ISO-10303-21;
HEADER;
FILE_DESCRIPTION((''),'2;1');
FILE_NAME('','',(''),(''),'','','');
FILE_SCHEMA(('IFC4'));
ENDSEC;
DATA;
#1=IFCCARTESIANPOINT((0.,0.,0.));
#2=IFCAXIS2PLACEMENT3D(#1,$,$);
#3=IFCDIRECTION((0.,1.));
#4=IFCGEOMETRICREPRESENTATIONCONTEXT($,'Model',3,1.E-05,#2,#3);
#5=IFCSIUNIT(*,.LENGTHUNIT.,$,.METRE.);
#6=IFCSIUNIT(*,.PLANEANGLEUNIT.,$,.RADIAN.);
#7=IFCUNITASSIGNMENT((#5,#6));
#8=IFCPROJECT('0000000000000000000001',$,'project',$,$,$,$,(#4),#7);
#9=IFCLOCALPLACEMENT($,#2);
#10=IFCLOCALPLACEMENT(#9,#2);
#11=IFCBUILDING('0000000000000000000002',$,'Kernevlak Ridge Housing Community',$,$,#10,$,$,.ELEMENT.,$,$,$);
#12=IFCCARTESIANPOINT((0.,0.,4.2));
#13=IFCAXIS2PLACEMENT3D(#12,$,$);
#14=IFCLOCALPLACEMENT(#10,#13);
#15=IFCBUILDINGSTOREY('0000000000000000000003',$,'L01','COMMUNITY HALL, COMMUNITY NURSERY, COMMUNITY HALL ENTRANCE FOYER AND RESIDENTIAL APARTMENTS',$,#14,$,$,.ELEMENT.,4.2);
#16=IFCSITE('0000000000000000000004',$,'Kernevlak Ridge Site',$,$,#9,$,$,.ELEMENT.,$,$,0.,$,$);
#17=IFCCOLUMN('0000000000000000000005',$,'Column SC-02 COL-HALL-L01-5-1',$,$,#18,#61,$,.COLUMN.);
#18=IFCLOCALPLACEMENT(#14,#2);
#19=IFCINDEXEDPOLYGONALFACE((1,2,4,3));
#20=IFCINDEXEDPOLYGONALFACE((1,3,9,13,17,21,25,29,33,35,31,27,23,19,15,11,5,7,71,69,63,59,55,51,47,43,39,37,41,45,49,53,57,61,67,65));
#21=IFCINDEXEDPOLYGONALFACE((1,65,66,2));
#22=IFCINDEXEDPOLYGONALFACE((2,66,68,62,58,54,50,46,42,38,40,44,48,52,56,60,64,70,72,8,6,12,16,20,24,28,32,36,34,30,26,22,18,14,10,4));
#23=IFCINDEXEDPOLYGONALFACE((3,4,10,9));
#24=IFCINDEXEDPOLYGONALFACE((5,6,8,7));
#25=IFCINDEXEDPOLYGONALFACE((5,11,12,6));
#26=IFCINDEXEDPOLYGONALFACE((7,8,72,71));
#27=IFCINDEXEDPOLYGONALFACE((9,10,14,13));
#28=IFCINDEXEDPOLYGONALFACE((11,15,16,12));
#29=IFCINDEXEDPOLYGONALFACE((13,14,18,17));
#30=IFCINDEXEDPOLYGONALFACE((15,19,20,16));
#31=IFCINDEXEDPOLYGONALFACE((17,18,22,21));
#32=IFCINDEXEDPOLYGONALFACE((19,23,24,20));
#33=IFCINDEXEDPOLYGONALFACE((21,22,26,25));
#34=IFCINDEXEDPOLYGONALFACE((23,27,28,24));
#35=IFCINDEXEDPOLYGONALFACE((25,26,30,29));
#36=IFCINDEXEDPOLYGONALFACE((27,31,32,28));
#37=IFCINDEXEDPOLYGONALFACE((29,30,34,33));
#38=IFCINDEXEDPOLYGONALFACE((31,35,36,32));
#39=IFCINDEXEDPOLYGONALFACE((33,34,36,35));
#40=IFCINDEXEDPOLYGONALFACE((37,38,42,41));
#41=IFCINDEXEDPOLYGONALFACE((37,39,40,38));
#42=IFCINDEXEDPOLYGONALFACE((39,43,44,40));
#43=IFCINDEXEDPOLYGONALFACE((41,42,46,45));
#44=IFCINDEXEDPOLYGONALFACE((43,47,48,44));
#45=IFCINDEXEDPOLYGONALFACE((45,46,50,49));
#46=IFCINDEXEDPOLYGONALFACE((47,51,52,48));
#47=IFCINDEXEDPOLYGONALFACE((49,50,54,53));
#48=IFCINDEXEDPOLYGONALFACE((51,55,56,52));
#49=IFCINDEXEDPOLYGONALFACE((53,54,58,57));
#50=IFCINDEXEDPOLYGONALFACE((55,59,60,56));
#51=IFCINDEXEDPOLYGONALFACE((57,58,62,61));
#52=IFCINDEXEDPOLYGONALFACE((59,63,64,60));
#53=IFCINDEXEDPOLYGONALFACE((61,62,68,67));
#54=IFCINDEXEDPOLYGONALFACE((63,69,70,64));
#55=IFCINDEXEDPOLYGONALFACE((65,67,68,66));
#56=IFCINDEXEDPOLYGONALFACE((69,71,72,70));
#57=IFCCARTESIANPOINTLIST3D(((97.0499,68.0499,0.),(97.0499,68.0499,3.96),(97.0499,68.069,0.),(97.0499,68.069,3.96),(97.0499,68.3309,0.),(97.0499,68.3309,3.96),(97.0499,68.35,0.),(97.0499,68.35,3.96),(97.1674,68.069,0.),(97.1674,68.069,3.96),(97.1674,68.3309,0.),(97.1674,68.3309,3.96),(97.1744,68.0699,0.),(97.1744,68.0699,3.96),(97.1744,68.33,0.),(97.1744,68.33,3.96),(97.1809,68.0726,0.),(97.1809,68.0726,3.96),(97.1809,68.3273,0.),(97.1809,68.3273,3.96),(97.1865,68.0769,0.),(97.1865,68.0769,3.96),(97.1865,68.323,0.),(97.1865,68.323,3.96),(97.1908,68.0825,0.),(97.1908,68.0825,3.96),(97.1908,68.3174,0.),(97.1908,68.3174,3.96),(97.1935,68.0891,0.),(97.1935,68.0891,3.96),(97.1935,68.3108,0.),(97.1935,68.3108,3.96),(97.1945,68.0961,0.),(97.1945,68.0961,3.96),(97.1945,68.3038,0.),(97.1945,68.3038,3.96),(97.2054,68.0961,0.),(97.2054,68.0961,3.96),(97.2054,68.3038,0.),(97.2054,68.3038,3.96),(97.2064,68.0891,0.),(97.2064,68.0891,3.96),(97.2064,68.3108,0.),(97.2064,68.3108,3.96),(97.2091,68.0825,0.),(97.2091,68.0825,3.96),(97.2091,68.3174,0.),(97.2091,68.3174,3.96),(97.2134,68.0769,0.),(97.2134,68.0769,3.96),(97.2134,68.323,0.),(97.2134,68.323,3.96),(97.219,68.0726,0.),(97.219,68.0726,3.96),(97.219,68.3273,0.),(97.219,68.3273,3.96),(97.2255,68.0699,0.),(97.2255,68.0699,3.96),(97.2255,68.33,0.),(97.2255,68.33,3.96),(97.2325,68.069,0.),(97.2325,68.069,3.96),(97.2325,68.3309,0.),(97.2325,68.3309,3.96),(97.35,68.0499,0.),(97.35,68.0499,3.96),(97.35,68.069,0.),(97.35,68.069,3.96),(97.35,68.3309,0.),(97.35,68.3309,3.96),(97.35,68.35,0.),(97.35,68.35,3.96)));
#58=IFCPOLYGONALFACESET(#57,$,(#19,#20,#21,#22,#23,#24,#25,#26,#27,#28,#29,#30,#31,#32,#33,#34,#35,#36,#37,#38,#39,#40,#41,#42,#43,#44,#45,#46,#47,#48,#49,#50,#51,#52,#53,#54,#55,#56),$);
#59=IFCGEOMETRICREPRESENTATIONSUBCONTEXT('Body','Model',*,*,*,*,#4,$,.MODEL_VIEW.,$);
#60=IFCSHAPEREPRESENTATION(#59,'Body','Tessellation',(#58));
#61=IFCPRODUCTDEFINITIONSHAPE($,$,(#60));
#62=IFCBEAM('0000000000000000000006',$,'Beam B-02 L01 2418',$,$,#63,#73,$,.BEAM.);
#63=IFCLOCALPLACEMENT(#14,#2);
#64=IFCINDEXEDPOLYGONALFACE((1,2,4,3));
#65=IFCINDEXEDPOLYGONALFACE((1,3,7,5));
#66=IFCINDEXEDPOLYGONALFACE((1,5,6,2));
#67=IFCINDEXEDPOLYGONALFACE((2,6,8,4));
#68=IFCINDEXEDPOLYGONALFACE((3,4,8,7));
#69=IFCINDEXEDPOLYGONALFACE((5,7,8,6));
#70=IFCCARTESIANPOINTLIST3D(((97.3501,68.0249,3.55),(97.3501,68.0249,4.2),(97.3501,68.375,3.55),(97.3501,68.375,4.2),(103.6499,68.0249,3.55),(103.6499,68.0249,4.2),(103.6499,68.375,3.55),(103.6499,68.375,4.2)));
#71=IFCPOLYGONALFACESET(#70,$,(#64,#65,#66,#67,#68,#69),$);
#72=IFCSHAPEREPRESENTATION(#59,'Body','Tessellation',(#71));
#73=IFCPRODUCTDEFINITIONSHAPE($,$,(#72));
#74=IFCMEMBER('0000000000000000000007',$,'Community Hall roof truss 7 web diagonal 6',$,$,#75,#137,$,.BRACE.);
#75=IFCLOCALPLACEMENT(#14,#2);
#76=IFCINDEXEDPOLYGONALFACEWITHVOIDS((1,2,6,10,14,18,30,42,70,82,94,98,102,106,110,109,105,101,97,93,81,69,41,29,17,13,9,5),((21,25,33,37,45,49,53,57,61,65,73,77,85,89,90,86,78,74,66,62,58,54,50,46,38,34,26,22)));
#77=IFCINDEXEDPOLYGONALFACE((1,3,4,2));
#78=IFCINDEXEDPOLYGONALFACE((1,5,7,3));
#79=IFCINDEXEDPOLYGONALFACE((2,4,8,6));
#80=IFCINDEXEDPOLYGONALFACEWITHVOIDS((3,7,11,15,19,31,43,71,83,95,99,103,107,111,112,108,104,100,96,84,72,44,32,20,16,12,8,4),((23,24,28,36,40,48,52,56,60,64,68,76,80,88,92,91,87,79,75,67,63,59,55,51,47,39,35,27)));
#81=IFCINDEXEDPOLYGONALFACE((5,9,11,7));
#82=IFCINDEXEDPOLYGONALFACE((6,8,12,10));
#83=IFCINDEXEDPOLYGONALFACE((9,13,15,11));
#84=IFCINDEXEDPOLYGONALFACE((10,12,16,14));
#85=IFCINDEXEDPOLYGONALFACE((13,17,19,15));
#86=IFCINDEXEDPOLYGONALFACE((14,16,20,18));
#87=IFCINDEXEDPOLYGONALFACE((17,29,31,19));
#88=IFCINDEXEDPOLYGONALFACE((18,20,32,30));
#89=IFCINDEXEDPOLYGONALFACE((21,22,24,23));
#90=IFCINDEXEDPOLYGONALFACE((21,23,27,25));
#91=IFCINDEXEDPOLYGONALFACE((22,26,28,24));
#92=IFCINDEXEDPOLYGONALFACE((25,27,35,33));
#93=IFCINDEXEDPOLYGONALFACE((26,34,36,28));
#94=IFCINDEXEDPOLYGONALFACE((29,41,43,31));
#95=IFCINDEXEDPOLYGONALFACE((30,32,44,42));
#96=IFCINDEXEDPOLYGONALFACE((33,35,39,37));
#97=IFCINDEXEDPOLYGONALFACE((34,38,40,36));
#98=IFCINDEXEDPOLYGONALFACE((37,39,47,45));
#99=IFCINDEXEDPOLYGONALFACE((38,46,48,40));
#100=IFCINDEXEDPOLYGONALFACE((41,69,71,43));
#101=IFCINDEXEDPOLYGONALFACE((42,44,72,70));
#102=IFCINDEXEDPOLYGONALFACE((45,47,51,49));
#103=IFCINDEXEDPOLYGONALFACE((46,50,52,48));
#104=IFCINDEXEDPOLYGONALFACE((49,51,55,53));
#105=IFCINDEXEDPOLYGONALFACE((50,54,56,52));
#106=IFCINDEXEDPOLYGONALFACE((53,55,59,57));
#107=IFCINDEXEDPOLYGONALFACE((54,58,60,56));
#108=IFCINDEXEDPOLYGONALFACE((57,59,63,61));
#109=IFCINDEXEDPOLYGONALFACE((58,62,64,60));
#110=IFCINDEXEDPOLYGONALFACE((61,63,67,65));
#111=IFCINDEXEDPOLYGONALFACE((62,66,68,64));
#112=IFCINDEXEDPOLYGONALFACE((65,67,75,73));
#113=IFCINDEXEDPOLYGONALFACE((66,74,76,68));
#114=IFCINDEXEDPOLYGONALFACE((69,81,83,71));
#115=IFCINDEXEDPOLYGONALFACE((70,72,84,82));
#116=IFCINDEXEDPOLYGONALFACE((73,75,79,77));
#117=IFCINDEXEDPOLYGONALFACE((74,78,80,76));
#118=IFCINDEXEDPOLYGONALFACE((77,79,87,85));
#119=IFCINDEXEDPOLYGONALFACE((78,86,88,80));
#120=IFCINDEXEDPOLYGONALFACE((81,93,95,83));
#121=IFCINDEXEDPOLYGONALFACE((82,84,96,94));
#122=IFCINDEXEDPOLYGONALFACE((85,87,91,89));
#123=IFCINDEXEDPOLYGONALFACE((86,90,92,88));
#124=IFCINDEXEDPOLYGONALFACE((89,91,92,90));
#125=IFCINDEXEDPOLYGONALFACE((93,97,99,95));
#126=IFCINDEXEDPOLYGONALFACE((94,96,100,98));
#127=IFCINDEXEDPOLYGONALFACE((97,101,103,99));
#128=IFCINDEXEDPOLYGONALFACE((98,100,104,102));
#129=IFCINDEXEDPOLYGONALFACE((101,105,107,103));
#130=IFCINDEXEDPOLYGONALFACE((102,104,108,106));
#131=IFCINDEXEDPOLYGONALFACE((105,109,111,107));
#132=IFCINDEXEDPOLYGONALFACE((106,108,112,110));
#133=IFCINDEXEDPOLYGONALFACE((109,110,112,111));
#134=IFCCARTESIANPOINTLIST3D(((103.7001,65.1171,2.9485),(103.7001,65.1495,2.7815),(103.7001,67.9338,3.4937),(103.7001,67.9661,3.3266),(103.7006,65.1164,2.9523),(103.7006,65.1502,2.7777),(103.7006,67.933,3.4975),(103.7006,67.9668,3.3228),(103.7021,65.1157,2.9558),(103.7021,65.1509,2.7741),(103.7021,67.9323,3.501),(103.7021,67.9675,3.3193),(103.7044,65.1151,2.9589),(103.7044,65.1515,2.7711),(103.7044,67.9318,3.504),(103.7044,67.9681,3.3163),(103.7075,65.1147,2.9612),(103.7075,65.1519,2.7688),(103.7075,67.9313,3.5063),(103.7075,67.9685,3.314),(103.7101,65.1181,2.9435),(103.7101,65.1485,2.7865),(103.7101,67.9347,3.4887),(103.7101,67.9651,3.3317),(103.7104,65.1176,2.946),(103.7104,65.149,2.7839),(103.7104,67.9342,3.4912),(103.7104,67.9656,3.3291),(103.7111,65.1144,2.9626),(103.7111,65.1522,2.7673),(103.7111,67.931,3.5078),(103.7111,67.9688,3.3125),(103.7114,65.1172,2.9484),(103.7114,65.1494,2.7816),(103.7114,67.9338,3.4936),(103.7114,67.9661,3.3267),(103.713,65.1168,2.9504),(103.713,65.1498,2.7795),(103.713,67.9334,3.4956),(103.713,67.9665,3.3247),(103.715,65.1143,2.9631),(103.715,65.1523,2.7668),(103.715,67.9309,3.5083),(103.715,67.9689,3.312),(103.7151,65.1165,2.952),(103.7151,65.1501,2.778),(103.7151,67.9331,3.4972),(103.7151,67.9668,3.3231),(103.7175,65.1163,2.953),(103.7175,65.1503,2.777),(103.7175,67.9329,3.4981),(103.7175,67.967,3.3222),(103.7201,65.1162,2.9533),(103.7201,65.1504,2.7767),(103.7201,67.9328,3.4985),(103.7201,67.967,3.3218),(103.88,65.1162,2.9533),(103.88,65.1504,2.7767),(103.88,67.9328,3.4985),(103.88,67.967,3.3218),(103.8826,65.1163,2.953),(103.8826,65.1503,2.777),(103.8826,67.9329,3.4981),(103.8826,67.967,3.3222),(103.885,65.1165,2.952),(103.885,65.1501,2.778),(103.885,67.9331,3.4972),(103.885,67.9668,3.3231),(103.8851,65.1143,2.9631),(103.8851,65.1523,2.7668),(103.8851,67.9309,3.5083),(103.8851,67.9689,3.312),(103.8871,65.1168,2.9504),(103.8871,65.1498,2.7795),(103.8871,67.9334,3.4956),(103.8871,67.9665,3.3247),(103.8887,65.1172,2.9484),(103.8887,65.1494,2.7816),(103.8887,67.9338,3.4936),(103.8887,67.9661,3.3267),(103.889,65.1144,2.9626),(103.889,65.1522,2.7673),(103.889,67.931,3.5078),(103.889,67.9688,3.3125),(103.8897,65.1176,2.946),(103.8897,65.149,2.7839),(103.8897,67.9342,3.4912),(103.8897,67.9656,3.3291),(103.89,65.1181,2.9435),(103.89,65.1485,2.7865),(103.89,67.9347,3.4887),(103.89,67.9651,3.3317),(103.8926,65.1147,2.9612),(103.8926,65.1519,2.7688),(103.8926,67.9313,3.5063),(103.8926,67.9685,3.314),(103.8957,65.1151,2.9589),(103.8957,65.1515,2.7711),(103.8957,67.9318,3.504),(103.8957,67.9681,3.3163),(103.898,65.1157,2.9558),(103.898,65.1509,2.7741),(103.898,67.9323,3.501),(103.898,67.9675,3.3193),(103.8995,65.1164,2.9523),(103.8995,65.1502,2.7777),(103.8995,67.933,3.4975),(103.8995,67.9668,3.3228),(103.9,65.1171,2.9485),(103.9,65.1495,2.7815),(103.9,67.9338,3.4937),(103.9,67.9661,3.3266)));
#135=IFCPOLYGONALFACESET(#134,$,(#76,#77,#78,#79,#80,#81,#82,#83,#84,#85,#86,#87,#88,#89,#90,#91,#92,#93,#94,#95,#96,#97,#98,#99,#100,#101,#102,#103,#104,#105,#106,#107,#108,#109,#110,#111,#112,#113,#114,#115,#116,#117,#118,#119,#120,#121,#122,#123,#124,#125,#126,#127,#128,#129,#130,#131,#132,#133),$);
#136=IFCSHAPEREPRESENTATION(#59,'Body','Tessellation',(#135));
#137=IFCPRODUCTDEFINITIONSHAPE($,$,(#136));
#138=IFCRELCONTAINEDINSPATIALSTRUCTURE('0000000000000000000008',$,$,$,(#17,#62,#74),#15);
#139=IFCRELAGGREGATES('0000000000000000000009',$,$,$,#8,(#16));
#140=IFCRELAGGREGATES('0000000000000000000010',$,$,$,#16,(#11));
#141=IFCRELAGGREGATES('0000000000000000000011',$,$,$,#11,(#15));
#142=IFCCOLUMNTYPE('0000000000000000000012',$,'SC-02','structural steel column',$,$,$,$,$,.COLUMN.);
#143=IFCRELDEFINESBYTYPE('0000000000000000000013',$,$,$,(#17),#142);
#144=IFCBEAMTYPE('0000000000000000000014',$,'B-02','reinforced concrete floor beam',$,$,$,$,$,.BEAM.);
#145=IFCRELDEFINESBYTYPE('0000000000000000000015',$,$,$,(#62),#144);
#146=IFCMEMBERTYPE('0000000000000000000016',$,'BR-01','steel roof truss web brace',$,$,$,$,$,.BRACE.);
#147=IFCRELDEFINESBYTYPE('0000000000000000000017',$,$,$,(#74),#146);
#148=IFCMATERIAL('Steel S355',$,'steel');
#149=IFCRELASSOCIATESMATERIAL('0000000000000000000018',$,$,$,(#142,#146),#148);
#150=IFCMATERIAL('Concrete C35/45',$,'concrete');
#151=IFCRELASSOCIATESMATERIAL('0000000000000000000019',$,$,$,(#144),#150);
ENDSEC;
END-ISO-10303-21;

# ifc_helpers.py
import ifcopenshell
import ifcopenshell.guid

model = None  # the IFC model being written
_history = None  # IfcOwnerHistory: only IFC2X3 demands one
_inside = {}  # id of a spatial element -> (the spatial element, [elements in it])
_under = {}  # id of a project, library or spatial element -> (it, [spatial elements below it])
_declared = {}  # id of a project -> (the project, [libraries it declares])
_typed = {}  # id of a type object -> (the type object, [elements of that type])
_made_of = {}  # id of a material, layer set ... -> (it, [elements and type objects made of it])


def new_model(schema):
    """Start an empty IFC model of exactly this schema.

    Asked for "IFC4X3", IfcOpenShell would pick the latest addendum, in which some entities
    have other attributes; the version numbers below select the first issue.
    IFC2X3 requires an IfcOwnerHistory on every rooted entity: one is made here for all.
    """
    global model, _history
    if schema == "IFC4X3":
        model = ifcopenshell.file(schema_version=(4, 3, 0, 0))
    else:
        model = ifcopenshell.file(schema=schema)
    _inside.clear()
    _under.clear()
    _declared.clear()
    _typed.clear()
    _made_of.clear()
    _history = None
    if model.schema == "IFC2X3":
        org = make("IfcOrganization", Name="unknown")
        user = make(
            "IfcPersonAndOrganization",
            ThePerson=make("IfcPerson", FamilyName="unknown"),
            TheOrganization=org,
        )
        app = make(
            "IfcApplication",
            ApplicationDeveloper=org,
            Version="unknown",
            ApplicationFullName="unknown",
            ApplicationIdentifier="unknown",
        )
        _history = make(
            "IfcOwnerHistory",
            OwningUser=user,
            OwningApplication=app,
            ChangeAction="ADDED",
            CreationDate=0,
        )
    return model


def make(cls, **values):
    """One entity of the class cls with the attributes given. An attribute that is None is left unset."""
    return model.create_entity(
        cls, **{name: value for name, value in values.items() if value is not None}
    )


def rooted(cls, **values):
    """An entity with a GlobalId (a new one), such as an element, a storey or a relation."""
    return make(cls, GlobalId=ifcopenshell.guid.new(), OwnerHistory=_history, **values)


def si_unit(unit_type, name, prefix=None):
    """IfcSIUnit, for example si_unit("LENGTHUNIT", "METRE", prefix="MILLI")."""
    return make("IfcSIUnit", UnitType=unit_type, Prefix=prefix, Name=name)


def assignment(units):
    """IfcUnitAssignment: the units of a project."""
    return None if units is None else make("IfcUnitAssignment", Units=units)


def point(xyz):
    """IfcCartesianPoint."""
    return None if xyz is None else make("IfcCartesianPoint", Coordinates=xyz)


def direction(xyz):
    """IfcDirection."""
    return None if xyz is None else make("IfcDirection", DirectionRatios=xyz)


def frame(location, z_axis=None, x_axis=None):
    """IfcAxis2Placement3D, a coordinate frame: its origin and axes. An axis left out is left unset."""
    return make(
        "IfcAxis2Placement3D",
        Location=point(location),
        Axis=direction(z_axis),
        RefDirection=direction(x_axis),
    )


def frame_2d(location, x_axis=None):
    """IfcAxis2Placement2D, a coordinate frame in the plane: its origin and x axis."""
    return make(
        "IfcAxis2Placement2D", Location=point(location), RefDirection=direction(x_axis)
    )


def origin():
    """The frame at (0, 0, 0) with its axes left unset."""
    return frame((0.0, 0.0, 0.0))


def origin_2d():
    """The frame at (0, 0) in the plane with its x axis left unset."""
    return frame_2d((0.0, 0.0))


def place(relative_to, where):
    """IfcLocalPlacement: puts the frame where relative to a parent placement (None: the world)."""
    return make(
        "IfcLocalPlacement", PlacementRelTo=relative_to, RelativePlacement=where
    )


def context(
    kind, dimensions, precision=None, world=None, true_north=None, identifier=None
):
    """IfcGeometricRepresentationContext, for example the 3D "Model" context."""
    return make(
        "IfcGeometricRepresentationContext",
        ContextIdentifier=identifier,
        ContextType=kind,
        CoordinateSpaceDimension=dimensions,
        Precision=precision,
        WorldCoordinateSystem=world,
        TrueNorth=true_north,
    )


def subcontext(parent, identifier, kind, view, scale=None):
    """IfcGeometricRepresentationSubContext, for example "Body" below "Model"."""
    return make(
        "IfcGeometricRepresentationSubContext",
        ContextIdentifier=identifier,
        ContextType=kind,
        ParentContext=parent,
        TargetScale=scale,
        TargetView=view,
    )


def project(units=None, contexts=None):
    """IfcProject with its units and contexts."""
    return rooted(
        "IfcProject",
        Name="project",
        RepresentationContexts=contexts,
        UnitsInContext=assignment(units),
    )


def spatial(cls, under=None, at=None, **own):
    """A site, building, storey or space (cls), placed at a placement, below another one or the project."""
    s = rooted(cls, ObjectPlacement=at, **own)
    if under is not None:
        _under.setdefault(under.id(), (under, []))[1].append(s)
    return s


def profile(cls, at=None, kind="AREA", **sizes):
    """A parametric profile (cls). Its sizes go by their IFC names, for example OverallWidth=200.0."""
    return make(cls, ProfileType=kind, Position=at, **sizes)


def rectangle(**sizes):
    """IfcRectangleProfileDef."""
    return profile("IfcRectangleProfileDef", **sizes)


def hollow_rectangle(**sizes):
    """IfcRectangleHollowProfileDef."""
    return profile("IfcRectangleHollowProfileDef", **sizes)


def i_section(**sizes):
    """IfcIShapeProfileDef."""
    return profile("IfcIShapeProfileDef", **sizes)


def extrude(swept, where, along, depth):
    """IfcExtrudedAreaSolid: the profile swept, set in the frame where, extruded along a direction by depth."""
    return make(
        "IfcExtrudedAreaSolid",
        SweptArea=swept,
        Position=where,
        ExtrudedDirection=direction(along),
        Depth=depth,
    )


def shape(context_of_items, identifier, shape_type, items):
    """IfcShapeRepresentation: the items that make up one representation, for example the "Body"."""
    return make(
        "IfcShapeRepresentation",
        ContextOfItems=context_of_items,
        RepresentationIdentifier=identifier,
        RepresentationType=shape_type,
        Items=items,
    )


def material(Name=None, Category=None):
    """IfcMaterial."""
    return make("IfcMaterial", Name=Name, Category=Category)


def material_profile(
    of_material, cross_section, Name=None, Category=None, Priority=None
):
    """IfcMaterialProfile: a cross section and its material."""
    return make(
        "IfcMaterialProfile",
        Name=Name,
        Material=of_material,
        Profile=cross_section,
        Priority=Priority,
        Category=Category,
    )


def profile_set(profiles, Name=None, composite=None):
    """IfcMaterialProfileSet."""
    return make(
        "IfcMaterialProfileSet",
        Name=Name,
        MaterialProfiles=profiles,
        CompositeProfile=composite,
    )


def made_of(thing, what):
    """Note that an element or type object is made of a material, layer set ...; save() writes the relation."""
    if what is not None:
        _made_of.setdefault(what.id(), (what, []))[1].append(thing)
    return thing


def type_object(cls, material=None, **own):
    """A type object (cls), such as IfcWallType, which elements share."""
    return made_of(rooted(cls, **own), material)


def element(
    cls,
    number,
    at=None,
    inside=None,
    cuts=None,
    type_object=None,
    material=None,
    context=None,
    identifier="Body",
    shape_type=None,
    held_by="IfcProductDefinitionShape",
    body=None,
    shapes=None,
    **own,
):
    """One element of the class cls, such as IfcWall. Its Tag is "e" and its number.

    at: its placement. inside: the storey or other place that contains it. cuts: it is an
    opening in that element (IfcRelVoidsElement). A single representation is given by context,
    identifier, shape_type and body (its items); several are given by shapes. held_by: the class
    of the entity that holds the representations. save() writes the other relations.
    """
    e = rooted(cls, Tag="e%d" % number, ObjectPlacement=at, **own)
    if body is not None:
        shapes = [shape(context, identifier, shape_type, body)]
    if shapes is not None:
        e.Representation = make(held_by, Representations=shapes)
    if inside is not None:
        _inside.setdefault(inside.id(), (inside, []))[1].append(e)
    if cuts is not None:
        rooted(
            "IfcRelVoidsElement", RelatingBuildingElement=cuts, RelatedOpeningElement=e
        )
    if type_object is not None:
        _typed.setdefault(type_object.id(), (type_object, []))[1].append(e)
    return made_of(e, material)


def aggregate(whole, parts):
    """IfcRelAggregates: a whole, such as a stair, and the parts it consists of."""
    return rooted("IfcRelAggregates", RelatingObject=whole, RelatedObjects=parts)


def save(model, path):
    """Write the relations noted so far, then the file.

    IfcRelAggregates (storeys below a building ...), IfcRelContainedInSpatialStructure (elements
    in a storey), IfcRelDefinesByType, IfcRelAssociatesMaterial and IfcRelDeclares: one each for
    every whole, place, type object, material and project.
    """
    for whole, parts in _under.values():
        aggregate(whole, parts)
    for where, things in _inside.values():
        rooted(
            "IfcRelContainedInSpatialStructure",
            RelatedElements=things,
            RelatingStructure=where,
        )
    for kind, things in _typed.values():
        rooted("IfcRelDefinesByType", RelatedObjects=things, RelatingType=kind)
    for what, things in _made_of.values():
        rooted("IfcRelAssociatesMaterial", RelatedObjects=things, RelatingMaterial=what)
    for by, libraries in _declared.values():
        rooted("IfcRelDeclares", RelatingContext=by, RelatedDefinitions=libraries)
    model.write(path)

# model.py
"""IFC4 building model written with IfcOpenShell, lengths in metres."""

from ifc_helpers import new_model, si_unit, direction, frame, origin, origin_2d, place, context, subcontext, project, spatial, rectangle, hollow_rectangle, i_section, extrude, material, material_profile, profile_set, type_object, element, save


model = new_model("IFC4")

# Units and contexts
model_context = context("Model", 3, precision=1e-05, world=origin(), true_north=direction((0.0, 1.0)))
body_context = subcontext(model_context, "Body", "Model", "MODEL_VIEW")
ifc_project = project(units=[si_unit("LENGTHUNIT", "METRE"), si_unit("PLANEANGLEUNIT", "RADIAN")], contexts=[model_context])

# Site, building, storey
site_placement = place(None, origin())
site = spatial("IfcSite", under=ifc_project, at=site_placement, Name="Kernevlak Ridge Site", CompositionType="ELEMENT", RefElevation=0.0)
building_placement = place(site_placement, origin())
building = spatial("IfcBuilding", under=site, at=building_placement, Name="Kernevlak Ridge Housing Community", CompositionType="ELEMENT")
storey_placement = place(building_placement, frame((0.0, 0.0, 4.2)))
storey = spatial("IfcBuildingStorey", under=building, at=storey_placement, Name="L01", Description="COMMUNITY HALL, COMMUNITY NURSERY, COMMUNITY HALL ENTRANCE FOYER AND RESIDENTIAL APARTMENTS", CompositionType="ELEMENT", Elevation=4.2)

# Column
ifc_material_1 = material(Name="Steel S355", Category="steel")
ifc_material_profile_1 = material_profile(ifc_material_1, i_section(OverallWidth=0.3, OverallDepth=0.3, WebThickness=0.011, FlangeThickness=0.019, FilletRadius=0.0271, at=origin_2d()), Name="HEB 300")
ifc_profile_set_1 = profile_set([ifc_material_profile_1], Name="Steel S355")
column_type = type_object("IfcColumnType", Name="SC-02", Description="structural steel column", PredefinedType="COLUMN", material=ifc_profile_set_1)
column_placement = place(storey_placement, frame((97.2, 68.2, 0.0), z_axis=(0.0, 0.0, 1.0), x_axis=(1.0, 0.0, 0.0)))
element("IfcColumn", 1, at=column_placement, inside=storey, type_object=column_type, Name="Column SC-02 COL-HALL-L01-5-1", PredefinedType="COLUMN", context=body_context, shape_type="SweptSolid", body=[
    extrude(i_section(OverallWidth=0.3, OverallDepth=0.3, WebThickness=0.011, FlangeThickness=0.019, FilletRadius=0.0271, at=origin_2d()), origin(), (0.0, 0.0, 1.0), 3.96),
])

# Beam
ifc_material_2 = material(Name="Concrete C35/45", Category="concrete")
ifc_material_profile_2 = material_profile(ifc_material_2, rectangle(XDim=0.3501, YDim=0.6499, at=origin_2d()), Name="RC 350x650")
ifc_profile_set_2 = profile_set([ifc_material_profile_2], Name="Concrete C35/45")
beam_type = type_object("IfcBeamType", Name="B-02", Description="reinforced concrete floor beam", PredefinedType="BEAM", material=ifc_profile_set_2)
beam_placement = place(storey_placement, frame((97.3501, 68.2, 3.875), z_axis=(1.0, 0.0, 0.0), x_axis=(0.0, 1.0, 0.0)))
element("IfcBeam", 2, at=beam_placement, inside=storey, type_object=beam_type, Name="Beam B-02 L01 2418", PredefinedType="BEAM", context=body_context, shape_type="SweptSolid", body=[
    extrude(rectangle(XDim=0.3501, YDim=0.6499, at=origin_2d()), origin(), (0.0, 0.0, 1.0), 6.2998),
])

# Member
ifc_material_profile_3 = material_profile(ifc_material_1, hollow_rectangle(XDim=0.2, YDim=0.2, WallThickness=0.01, InnerFilletRadius=0.01, OuterFilletRadius=0.0149, at=origin_2d()), Name="SHS 200x200x10")
ifc_profile_set_3 = profile_set([ifc_material_profile_3], Name="Steel S355")
member_type_1 = type_object("IfcMemberType", Name="BR-01", Description="steel roof truss web brace", PredefinedType="BRACE", material=ifc_profile_set_3)
member_1_placement = place(storey_placement, frame((103.8, 65.1333, 2.865), z_axis=(0.0, 0.981779, 0.190025), x_axis=(-1.0, 0.0, 0.0)))
element("IfcMember", 3, at=member_1_placement, inside=storey, type_object=member_type_1, Name="Community Hall roof truss 7 web diagonal 6", PredefinedType="BRACE", context=body_context, shape_type="SweptSolid", body=[
    extrude(hollow_rectangle(XDim=0.2, YDim=0.2, WallThickness=0.01, InnerFilletRadius=0.01, OuterFilletRadius=0.0149, at=origin_2d()), origin(), (0.0, 0.0, 1.0), 2.8689),
])

save(model, "model.ifc")
